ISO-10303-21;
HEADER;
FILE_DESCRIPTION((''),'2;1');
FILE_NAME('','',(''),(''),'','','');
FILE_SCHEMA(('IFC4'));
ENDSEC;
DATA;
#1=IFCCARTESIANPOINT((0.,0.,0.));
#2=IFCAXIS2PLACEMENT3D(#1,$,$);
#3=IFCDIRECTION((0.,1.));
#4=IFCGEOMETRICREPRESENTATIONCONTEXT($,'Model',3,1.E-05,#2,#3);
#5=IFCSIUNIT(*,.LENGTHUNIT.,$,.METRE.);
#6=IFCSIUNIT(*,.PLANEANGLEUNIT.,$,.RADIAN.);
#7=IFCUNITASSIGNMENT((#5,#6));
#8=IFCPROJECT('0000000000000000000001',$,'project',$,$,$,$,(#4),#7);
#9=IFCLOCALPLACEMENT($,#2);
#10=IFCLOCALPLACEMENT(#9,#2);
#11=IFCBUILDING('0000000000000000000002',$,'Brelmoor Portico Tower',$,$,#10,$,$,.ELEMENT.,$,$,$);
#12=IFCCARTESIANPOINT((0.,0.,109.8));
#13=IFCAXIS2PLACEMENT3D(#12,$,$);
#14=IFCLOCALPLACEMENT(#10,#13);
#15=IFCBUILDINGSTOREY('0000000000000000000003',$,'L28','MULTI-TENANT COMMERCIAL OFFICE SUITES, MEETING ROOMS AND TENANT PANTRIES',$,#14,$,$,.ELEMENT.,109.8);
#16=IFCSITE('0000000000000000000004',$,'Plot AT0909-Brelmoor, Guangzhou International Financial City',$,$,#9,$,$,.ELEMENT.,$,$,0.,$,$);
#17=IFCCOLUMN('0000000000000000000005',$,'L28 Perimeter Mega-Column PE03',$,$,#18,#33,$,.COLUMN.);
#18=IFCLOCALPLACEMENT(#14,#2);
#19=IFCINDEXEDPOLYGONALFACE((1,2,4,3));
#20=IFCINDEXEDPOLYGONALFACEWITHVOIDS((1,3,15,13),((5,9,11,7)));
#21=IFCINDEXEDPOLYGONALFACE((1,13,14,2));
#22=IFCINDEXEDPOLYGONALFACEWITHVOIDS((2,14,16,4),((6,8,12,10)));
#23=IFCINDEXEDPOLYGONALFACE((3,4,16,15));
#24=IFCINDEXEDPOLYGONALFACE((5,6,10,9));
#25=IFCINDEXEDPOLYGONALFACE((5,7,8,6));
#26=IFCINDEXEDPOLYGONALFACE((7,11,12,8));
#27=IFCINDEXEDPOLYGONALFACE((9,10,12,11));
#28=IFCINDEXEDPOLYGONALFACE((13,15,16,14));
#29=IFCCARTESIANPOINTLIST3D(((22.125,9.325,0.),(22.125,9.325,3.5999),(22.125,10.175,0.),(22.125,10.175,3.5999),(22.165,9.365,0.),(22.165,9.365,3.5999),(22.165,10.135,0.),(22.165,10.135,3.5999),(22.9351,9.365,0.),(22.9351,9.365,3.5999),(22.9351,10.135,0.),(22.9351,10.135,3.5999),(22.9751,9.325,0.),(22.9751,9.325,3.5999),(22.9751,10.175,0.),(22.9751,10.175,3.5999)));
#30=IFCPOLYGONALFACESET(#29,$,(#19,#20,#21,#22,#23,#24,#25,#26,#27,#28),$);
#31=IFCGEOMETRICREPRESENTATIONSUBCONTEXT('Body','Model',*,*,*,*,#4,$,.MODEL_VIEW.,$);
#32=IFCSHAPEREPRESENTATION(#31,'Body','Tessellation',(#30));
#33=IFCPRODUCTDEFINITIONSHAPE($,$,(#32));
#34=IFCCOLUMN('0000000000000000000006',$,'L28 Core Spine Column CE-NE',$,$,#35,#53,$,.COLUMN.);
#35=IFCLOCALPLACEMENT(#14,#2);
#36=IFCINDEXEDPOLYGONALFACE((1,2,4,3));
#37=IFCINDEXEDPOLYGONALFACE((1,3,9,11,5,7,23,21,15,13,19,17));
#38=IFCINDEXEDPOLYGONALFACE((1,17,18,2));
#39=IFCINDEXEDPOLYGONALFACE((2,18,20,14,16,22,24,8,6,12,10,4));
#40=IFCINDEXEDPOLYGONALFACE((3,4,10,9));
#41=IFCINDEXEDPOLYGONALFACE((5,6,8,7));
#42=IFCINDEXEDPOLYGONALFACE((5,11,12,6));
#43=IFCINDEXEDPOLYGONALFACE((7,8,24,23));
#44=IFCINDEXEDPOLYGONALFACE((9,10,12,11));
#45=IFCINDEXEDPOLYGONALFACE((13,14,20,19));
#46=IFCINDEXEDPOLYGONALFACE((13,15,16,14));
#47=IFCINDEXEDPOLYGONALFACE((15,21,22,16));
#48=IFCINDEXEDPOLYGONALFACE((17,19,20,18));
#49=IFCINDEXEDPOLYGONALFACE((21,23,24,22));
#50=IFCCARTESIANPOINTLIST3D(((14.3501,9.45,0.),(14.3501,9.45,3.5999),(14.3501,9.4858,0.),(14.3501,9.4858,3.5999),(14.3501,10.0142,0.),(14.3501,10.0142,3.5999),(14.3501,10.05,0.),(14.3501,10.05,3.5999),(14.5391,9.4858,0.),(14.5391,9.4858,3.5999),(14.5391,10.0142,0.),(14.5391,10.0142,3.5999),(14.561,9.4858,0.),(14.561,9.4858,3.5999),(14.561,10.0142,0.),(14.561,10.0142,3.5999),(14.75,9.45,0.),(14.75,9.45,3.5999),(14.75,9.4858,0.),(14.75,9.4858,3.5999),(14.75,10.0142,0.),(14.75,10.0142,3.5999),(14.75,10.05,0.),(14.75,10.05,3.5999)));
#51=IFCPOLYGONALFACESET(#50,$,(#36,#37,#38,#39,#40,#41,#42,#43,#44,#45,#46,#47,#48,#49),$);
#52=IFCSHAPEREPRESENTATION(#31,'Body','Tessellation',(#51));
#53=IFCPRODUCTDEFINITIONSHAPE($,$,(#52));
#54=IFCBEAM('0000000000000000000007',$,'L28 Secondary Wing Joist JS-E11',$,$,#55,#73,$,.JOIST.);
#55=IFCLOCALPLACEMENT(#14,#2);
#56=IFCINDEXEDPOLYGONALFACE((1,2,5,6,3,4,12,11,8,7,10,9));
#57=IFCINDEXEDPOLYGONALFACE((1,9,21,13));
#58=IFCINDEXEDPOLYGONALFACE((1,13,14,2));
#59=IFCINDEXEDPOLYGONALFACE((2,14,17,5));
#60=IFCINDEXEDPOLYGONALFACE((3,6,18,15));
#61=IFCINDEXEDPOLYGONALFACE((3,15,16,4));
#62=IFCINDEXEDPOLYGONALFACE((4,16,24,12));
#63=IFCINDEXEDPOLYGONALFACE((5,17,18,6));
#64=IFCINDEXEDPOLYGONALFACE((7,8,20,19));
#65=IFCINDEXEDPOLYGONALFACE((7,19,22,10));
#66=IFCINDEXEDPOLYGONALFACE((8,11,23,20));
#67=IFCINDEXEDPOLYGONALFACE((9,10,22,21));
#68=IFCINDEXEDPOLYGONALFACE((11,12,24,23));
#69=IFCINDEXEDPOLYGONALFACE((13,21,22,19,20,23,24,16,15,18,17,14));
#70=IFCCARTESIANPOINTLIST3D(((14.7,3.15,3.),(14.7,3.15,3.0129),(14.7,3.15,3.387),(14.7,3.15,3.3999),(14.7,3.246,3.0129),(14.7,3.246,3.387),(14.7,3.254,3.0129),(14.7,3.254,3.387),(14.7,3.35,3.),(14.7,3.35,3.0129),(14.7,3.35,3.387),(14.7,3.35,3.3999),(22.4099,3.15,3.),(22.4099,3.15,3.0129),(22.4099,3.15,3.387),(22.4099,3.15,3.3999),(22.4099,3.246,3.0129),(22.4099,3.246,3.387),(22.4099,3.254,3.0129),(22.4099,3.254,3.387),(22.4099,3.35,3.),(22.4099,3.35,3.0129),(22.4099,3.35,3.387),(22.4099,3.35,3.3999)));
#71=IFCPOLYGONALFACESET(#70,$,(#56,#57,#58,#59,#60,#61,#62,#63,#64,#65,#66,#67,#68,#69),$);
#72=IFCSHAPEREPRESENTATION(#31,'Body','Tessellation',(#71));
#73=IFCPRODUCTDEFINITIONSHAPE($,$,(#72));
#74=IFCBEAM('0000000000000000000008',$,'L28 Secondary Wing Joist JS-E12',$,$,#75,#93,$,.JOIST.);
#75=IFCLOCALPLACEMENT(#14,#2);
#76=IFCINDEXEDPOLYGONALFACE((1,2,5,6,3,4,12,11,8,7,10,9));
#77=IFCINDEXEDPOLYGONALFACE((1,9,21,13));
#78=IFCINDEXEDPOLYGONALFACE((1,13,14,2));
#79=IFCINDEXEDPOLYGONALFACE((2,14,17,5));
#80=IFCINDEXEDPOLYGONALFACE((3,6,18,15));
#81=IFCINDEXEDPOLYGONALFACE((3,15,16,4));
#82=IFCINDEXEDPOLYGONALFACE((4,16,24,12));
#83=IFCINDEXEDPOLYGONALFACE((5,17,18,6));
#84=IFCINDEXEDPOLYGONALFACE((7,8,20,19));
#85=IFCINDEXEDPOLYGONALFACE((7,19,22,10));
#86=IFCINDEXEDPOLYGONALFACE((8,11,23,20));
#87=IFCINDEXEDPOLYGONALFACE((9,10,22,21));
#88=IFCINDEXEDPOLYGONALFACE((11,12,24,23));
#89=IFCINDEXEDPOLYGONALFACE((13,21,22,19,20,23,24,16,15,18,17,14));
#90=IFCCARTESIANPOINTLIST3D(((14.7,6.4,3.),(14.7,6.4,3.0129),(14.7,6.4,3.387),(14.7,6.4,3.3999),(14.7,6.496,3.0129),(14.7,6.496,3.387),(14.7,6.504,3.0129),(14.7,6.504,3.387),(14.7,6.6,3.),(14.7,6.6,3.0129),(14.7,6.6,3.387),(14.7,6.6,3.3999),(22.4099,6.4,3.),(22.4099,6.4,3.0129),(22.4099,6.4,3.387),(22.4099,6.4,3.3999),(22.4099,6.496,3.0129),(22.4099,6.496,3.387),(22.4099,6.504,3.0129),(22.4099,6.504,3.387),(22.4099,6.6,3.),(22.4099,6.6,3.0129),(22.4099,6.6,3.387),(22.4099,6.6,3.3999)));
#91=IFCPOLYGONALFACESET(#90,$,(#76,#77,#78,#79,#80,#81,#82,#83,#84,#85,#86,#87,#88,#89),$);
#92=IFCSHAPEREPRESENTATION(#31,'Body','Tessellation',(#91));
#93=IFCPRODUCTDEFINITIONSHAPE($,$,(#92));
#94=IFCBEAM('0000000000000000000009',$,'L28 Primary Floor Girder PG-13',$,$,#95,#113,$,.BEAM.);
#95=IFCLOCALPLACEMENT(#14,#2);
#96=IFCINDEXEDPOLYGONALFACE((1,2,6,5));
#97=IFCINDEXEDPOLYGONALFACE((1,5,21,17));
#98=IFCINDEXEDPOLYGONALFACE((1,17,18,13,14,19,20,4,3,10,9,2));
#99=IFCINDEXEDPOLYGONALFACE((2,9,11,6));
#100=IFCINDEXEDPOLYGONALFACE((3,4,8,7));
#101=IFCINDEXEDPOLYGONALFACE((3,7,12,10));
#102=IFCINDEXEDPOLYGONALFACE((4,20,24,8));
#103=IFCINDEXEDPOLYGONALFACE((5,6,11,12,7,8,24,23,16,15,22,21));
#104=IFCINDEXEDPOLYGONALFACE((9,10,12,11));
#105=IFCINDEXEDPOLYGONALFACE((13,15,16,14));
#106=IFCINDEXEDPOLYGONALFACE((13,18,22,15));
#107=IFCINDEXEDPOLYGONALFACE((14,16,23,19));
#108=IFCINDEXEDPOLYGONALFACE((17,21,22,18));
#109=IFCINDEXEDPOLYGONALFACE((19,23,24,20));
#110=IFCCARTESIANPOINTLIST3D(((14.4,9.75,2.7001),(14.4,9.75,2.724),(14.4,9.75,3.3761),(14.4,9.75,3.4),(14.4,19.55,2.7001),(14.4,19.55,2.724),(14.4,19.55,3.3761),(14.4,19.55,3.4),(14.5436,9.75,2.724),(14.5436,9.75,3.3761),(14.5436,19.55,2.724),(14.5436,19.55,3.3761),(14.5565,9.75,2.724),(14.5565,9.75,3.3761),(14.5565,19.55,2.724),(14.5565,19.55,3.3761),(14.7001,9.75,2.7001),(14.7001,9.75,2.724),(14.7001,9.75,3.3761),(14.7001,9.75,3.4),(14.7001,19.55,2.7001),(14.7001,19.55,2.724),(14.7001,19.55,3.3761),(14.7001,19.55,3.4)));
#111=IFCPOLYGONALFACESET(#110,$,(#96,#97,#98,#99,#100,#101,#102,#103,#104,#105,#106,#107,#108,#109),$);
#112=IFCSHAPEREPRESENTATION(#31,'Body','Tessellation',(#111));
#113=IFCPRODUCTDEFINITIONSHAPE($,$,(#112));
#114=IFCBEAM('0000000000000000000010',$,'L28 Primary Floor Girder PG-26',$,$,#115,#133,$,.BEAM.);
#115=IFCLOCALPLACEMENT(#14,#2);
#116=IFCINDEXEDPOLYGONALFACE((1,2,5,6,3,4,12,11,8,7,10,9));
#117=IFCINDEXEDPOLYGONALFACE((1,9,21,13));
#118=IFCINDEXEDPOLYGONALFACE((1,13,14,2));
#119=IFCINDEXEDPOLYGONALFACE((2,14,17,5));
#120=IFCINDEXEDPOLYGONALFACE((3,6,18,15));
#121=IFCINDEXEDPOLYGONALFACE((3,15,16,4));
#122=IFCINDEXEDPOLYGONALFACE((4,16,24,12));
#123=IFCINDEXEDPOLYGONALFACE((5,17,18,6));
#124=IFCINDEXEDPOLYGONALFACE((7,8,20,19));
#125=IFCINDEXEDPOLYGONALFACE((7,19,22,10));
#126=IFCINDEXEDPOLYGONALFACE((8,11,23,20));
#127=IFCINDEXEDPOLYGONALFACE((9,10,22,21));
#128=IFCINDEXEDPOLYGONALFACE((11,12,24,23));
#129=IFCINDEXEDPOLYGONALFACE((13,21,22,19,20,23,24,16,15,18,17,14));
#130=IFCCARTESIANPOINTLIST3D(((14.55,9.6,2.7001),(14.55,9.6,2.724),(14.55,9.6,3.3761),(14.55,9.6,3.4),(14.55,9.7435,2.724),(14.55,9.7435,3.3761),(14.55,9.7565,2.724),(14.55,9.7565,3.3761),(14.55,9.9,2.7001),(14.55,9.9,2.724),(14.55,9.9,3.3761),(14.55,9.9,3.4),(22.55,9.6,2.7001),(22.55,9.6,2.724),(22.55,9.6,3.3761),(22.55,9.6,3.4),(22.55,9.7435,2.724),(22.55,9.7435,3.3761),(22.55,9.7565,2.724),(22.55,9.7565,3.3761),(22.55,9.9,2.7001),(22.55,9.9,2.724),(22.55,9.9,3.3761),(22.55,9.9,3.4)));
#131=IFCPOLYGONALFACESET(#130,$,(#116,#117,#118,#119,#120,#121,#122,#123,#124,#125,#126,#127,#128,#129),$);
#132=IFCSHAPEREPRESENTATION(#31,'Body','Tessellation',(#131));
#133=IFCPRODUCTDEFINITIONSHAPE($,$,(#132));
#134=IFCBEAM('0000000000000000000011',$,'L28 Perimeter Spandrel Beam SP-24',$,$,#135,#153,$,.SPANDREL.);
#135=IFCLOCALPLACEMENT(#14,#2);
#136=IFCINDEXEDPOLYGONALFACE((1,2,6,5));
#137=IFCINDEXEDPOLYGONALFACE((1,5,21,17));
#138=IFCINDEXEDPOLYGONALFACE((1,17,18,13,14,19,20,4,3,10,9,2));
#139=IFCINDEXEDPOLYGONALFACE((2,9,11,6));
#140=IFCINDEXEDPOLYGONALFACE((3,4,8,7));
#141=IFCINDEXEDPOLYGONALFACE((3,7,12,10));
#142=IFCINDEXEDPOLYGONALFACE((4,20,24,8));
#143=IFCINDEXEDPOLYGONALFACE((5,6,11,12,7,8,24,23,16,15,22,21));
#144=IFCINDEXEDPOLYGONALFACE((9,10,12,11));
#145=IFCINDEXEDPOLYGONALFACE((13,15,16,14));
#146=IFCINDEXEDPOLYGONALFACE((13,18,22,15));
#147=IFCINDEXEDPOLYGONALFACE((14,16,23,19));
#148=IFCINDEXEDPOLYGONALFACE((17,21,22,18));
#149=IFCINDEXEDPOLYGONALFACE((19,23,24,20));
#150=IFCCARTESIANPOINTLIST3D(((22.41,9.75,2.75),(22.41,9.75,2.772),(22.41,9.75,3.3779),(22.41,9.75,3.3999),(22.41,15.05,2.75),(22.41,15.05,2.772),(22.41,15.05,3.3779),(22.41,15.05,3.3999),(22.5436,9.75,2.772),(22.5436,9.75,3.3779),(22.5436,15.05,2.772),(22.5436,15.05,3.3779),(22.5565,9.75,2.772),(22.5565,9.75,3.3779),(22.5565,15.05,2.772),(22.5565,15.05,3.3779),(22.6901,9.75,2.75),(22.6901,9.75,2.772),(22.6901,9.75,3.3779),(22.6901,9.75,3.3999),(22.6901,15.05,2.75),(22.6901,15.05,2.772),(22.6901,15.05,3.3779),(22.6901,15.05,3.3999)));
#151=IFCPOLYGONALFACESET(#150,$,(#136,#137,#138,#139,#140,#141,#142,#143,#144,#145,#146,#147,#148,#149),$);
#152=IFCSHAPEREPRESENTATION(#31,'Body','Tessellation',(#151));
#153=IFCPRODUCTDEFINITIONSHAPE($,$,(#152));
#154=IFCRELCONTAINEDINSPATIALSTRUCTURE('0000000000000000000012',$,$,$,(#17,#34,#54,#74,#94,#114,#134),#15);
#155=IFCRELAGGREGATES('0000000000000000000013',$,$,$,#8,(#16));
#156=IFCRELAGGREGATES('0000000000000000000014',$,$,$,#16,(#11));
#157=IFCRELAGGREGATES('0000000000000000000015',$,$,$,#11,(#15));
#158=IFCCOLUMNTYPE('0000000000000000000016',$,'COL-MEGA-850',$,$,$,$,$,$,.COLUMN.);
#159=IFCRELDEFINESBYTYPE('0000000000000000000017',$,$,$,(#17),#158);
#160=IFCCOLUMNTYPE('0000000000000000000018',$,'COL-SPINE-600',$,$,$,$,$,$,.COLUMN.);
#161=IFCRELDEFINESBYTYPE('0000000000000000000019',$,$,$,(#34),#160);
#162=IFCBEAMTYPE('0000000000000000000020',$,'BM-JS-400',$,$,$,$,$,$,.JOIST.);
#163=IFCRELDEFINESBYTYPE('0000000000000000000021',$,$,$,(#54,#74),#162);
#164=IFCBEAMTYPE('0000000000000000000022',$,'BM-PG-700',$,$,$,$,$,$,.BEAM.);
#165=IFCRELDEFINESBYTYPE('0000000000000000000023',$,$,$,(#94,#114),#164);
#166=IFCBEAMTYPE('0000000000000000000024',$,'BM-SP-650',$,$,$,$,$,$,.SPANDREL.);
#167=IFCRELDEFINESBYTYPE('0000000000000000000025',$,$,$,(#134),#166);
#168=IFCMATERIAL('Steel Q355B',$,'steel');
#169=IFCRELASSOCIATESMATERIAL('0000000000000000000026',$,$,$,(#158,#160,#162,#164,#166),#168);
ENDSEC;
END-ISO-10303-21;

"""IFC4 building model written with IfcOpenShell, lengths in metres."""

from ifc_helpers import new_model, si_unit, direction, frame, origin, origin_2d, place, context, subcontext, project, spatial, hollow_rectangle, i_section, extrude, material, material_profile, profile_set, type_object, element, save


model = new_model("IFC4")

# Units and contexts
model_context = context("Model", 3, precision=1e-05, world=origin(), true_north=direction((0.0, 1.0)))
body_context = subcontext(model_context, "Body", "Model", "MODEL_VIEW")
ifc_project = project(units=[si_unit("LENGTHUNIT", "METRE"), si_unit("PLANEANGLEUNIT", "RADIAN")], contexts=[model_context])

# Site, building, storey
site_placement = place(None, origin())
site = spatial("IfcSite", under=ifc_project, at=site_placement, Name="Plot AT0909-Brelmoor, Guangzhou International Financial City", CompositionType="ELEMENT", RefElevation=0.0)
building_placement = place(site_placement, origin())
building = spatial("IfcBuilding", under=site, at=building_placement, Name="Brelmoor Portico Tower", CompositionType="ELEMENT")
storey_placement = place(building_placement, frame((0.0, 0.0, 109.8)))
storey = spatial("IfcBuildingStorey", under=building, at=storey_placement, Name="L28", Description="MULTI-TENANT COMMERCIAL OFFICE SUITES, MEETING ROOMS AND TENANT PANTRIES", CompositionType="ELEMENT", Elevation=109.8)

# Columns
ifc_material_1 = material(Name="Steel Q355B", Category="steel")
ifc_material_profile_1 = material_profile(ifc_material_1, hollow_rectangle(XDim=0.8501, YDim=0.8501, WallThickness=0.04, at=origin_2d()), Name="BOX 850x850x40")
ifc_profile_set_1 = profile_set([ifc_material_profile_1], Name="Steel Q355B")
column_type_1 = type_object("IfcColumnType", Name="COL-MEGA-850", PredefinedType="COLUMN", material=ifc_profile_set_1)
column_1_placement = place(storey_placement, frame((22.55, 9.75, 0.0), z_axis=(0.0, 0.0, 1.0), x_axis=(0.0, 1.0, 0.0)))
element("IfcColumn", 1, at=column_1_placement, inside=storey, type_object=column_type_1, Name="L28 Perimeter Mega-Column PE03", PredefinedType="COLUMN", context=body_context, shape_type="SweptSolid", body=[
    extrude(hollow_rectangle(XDim=0.8501, YDim=0.8501, WallThickness=0.04, at=origin_2d()), origin(), (0.0, 0.0, 1.0), 3.5999),
])
ifc_material_profile_2 = material_profile(ifc_material_1, i_section(OverallWidth=0.3999, OverallDepth=0.6001, WebThickness=0.022, FlangeThickness=0.0359, at=origin_2d()), Name="HW 600x400x22x36")
ifc_profile_set_2 = profile_set([ifc_material_profile_2], Name="Steel Q355B")
column_type_2 = type_object("IfcColumnType", Name="COL-SPINE-600", PredefinedType="COLUMN", material=ifc_profile_set_2)
column_2_placement = place(storey_placement, frame((14.55, 9.75, 0.0), z_axis=(0.0, 0.0, 1.0), x_axis=(1.0, 0.0, 0.0)))
element("IfcColumn", 2, at=column_2_placement, inside=storey, type_object=column_type_2, Name="L28 Core Spine Column CE-NE", PredefinedType="COLUMN", context=body_context, shape_type="SweptSolid", body=[
    extrude(i_section(OverallWidth=0.3999, OverallDepth=0.6001, WebThickness=0.022, FlangeThickness=0.0359, at=origin_2d()), origin(), (0.0, 0.0, 1.0), 3.5999),
])

# Beams
ifc_material_profile_3 = material_profile(ifc_material_1, i_section(OverallWidth=0.2, OverallDepth=0.3999, WebThickness=0.0081, FlangeThickness=0.0129, at=origin_2d()), Name="HN 400x200x8x13")
ifc_profile_set_3 = profile_set([ifc_material_profile_3], Name="Steel Q355B")
beam_type_1 = type_object("IfcBeamType", Name="BM-JS-400", PredefinedType="JOIST", material=ifc_profile_set_3)
for number, where, z_axis, x_axis, name in (
    (3, (14.7, 3.25, 3.2), (1.0, 0.0, 0.0), (0.0, 1.0, 0.0), "L28 Secondary Wing Joist JS-E11"),
    (4, (14.7, 6.5, 3.2), (1.0, 0.0, 0.0), (0.0, 1.0, 0.0), "L28 Secondary Wing Joist JS-E12"),
):
    element("IfcBeam", number, at=place(storey_placement, frame(where, z_axis=z_axis, x_axis=x_axis)), inside=storey, type_object=beam_type_1, Name=name, PredefinedType="JOIST", context=body_context, shape_type="SweptSolid", body=[
        extrude(i_section(OverallWidth=0.2, OverallDepth=0.3999, WebThickness=0.0081, FlangeThickness=0.0129, at=origin_2d()), origin(), (0.0, 0.0, 1.0), 7.71),
    ])
ifc_material_profile_4 = material_profile(ifc_material_1, i_section(OverallWidth=0.3, OverallDepth=0.7, WebThickness=0.0129, FlangeThickness=0.0239, at=origin_2d()), Name="HN 700x300x13x24")
ifc_profile_set_4 = profile_set([ifc_material_profile_4], Name="Steel Q355B")
beam_type_2 = type_object("IfcBeamType", Name="BM-PG-700", PredefinedType="BEAM", material=ifc_profile_set_4)
beam_1_placement = place(storey_placement, frame((14.55, 9.75, 3.05), z_axis=(0.0, 1.0, 0.0), x_axis=(-1.0, 0.0, 0.0)))
element("IfcBeam", 5, at=beam_1_placement, inside=storey, type_object=beam_type_2, Name="L28 Primary Floor Girder PG-13", PredefinedType="BEAM", context=body_context, shape_type="SweptSolid", body=[
    extrude(i_section(OverallWidth=0.3, OverallDepth=0.7, WebThickness=0.0129, FlangeThickness=0.0239, at=origin_2d()), origin(), (0.0, 0.0, 1.0), 9.8),
])
beam_2_placement = place(storey_placement, frame((14.55, 9.75, 3.05), z_axis=(1.0, 0.0, 0.0), x_axis=(0.0, 1.0, 0.0)))
element("IfcBeam", 6, at=beam_2_placement, inside=storey, type_object=beam_type_2, Name="L28 Primary Floor Girder PG-26", PredefinedType="BEAM", context=body_context, shape_type="SweptSolid", body=[
    extrude(i_section(OverallWidth=0.3, OverallDepth=0.7, WebThickness=0.0129, FlangeThickness=0.0239, at=origin_2d()), origin(), (0.0, 0.0, 1.0), 8.0),
])
ifc_material_profile_5 = material_profile(ifc_material_1, i_section(OverallWidth=0.28, OverallDepth=0.6499, WebThickness=0.0129, FlangeThickness=0.022, at=origin_2d()), Name="HN 650x280x13x22")
ifc_profile_set_5 = profile_set([ifc_material_profile_5], Name="Steel Q355B")
beam_type_3 = type_object("IfcBeamType", Name="BM-SP-650", PredefinedType="SPANDREL", material=ifc_profile_set_5)
beam_3_placement = place(storey_placement, frame((22.55, 9.75, 3.075), z_axis=(0.0, 1.0, 0.0), x_axis=(-1.0, 0.0, 0.0)))
element("IfcBeam", 7, at=beam_3_placement, inside=storey, type_object=beam_type_3, Name="L28 Perimeter Spandrel Beam SP-24", PredefinedType="SPANDREL", context=body_context, shape_type="SweptSolid", body=[
    extrude(i_section(OverallWidth=0.28, OverallDepth=0.6499, WebThickness=0.0129, FlangeThickness=0.022, at=origin_2d()), origin(), (0.0, 0.0, 1.0), 5.3),
])

save(model, "model.ifc")
